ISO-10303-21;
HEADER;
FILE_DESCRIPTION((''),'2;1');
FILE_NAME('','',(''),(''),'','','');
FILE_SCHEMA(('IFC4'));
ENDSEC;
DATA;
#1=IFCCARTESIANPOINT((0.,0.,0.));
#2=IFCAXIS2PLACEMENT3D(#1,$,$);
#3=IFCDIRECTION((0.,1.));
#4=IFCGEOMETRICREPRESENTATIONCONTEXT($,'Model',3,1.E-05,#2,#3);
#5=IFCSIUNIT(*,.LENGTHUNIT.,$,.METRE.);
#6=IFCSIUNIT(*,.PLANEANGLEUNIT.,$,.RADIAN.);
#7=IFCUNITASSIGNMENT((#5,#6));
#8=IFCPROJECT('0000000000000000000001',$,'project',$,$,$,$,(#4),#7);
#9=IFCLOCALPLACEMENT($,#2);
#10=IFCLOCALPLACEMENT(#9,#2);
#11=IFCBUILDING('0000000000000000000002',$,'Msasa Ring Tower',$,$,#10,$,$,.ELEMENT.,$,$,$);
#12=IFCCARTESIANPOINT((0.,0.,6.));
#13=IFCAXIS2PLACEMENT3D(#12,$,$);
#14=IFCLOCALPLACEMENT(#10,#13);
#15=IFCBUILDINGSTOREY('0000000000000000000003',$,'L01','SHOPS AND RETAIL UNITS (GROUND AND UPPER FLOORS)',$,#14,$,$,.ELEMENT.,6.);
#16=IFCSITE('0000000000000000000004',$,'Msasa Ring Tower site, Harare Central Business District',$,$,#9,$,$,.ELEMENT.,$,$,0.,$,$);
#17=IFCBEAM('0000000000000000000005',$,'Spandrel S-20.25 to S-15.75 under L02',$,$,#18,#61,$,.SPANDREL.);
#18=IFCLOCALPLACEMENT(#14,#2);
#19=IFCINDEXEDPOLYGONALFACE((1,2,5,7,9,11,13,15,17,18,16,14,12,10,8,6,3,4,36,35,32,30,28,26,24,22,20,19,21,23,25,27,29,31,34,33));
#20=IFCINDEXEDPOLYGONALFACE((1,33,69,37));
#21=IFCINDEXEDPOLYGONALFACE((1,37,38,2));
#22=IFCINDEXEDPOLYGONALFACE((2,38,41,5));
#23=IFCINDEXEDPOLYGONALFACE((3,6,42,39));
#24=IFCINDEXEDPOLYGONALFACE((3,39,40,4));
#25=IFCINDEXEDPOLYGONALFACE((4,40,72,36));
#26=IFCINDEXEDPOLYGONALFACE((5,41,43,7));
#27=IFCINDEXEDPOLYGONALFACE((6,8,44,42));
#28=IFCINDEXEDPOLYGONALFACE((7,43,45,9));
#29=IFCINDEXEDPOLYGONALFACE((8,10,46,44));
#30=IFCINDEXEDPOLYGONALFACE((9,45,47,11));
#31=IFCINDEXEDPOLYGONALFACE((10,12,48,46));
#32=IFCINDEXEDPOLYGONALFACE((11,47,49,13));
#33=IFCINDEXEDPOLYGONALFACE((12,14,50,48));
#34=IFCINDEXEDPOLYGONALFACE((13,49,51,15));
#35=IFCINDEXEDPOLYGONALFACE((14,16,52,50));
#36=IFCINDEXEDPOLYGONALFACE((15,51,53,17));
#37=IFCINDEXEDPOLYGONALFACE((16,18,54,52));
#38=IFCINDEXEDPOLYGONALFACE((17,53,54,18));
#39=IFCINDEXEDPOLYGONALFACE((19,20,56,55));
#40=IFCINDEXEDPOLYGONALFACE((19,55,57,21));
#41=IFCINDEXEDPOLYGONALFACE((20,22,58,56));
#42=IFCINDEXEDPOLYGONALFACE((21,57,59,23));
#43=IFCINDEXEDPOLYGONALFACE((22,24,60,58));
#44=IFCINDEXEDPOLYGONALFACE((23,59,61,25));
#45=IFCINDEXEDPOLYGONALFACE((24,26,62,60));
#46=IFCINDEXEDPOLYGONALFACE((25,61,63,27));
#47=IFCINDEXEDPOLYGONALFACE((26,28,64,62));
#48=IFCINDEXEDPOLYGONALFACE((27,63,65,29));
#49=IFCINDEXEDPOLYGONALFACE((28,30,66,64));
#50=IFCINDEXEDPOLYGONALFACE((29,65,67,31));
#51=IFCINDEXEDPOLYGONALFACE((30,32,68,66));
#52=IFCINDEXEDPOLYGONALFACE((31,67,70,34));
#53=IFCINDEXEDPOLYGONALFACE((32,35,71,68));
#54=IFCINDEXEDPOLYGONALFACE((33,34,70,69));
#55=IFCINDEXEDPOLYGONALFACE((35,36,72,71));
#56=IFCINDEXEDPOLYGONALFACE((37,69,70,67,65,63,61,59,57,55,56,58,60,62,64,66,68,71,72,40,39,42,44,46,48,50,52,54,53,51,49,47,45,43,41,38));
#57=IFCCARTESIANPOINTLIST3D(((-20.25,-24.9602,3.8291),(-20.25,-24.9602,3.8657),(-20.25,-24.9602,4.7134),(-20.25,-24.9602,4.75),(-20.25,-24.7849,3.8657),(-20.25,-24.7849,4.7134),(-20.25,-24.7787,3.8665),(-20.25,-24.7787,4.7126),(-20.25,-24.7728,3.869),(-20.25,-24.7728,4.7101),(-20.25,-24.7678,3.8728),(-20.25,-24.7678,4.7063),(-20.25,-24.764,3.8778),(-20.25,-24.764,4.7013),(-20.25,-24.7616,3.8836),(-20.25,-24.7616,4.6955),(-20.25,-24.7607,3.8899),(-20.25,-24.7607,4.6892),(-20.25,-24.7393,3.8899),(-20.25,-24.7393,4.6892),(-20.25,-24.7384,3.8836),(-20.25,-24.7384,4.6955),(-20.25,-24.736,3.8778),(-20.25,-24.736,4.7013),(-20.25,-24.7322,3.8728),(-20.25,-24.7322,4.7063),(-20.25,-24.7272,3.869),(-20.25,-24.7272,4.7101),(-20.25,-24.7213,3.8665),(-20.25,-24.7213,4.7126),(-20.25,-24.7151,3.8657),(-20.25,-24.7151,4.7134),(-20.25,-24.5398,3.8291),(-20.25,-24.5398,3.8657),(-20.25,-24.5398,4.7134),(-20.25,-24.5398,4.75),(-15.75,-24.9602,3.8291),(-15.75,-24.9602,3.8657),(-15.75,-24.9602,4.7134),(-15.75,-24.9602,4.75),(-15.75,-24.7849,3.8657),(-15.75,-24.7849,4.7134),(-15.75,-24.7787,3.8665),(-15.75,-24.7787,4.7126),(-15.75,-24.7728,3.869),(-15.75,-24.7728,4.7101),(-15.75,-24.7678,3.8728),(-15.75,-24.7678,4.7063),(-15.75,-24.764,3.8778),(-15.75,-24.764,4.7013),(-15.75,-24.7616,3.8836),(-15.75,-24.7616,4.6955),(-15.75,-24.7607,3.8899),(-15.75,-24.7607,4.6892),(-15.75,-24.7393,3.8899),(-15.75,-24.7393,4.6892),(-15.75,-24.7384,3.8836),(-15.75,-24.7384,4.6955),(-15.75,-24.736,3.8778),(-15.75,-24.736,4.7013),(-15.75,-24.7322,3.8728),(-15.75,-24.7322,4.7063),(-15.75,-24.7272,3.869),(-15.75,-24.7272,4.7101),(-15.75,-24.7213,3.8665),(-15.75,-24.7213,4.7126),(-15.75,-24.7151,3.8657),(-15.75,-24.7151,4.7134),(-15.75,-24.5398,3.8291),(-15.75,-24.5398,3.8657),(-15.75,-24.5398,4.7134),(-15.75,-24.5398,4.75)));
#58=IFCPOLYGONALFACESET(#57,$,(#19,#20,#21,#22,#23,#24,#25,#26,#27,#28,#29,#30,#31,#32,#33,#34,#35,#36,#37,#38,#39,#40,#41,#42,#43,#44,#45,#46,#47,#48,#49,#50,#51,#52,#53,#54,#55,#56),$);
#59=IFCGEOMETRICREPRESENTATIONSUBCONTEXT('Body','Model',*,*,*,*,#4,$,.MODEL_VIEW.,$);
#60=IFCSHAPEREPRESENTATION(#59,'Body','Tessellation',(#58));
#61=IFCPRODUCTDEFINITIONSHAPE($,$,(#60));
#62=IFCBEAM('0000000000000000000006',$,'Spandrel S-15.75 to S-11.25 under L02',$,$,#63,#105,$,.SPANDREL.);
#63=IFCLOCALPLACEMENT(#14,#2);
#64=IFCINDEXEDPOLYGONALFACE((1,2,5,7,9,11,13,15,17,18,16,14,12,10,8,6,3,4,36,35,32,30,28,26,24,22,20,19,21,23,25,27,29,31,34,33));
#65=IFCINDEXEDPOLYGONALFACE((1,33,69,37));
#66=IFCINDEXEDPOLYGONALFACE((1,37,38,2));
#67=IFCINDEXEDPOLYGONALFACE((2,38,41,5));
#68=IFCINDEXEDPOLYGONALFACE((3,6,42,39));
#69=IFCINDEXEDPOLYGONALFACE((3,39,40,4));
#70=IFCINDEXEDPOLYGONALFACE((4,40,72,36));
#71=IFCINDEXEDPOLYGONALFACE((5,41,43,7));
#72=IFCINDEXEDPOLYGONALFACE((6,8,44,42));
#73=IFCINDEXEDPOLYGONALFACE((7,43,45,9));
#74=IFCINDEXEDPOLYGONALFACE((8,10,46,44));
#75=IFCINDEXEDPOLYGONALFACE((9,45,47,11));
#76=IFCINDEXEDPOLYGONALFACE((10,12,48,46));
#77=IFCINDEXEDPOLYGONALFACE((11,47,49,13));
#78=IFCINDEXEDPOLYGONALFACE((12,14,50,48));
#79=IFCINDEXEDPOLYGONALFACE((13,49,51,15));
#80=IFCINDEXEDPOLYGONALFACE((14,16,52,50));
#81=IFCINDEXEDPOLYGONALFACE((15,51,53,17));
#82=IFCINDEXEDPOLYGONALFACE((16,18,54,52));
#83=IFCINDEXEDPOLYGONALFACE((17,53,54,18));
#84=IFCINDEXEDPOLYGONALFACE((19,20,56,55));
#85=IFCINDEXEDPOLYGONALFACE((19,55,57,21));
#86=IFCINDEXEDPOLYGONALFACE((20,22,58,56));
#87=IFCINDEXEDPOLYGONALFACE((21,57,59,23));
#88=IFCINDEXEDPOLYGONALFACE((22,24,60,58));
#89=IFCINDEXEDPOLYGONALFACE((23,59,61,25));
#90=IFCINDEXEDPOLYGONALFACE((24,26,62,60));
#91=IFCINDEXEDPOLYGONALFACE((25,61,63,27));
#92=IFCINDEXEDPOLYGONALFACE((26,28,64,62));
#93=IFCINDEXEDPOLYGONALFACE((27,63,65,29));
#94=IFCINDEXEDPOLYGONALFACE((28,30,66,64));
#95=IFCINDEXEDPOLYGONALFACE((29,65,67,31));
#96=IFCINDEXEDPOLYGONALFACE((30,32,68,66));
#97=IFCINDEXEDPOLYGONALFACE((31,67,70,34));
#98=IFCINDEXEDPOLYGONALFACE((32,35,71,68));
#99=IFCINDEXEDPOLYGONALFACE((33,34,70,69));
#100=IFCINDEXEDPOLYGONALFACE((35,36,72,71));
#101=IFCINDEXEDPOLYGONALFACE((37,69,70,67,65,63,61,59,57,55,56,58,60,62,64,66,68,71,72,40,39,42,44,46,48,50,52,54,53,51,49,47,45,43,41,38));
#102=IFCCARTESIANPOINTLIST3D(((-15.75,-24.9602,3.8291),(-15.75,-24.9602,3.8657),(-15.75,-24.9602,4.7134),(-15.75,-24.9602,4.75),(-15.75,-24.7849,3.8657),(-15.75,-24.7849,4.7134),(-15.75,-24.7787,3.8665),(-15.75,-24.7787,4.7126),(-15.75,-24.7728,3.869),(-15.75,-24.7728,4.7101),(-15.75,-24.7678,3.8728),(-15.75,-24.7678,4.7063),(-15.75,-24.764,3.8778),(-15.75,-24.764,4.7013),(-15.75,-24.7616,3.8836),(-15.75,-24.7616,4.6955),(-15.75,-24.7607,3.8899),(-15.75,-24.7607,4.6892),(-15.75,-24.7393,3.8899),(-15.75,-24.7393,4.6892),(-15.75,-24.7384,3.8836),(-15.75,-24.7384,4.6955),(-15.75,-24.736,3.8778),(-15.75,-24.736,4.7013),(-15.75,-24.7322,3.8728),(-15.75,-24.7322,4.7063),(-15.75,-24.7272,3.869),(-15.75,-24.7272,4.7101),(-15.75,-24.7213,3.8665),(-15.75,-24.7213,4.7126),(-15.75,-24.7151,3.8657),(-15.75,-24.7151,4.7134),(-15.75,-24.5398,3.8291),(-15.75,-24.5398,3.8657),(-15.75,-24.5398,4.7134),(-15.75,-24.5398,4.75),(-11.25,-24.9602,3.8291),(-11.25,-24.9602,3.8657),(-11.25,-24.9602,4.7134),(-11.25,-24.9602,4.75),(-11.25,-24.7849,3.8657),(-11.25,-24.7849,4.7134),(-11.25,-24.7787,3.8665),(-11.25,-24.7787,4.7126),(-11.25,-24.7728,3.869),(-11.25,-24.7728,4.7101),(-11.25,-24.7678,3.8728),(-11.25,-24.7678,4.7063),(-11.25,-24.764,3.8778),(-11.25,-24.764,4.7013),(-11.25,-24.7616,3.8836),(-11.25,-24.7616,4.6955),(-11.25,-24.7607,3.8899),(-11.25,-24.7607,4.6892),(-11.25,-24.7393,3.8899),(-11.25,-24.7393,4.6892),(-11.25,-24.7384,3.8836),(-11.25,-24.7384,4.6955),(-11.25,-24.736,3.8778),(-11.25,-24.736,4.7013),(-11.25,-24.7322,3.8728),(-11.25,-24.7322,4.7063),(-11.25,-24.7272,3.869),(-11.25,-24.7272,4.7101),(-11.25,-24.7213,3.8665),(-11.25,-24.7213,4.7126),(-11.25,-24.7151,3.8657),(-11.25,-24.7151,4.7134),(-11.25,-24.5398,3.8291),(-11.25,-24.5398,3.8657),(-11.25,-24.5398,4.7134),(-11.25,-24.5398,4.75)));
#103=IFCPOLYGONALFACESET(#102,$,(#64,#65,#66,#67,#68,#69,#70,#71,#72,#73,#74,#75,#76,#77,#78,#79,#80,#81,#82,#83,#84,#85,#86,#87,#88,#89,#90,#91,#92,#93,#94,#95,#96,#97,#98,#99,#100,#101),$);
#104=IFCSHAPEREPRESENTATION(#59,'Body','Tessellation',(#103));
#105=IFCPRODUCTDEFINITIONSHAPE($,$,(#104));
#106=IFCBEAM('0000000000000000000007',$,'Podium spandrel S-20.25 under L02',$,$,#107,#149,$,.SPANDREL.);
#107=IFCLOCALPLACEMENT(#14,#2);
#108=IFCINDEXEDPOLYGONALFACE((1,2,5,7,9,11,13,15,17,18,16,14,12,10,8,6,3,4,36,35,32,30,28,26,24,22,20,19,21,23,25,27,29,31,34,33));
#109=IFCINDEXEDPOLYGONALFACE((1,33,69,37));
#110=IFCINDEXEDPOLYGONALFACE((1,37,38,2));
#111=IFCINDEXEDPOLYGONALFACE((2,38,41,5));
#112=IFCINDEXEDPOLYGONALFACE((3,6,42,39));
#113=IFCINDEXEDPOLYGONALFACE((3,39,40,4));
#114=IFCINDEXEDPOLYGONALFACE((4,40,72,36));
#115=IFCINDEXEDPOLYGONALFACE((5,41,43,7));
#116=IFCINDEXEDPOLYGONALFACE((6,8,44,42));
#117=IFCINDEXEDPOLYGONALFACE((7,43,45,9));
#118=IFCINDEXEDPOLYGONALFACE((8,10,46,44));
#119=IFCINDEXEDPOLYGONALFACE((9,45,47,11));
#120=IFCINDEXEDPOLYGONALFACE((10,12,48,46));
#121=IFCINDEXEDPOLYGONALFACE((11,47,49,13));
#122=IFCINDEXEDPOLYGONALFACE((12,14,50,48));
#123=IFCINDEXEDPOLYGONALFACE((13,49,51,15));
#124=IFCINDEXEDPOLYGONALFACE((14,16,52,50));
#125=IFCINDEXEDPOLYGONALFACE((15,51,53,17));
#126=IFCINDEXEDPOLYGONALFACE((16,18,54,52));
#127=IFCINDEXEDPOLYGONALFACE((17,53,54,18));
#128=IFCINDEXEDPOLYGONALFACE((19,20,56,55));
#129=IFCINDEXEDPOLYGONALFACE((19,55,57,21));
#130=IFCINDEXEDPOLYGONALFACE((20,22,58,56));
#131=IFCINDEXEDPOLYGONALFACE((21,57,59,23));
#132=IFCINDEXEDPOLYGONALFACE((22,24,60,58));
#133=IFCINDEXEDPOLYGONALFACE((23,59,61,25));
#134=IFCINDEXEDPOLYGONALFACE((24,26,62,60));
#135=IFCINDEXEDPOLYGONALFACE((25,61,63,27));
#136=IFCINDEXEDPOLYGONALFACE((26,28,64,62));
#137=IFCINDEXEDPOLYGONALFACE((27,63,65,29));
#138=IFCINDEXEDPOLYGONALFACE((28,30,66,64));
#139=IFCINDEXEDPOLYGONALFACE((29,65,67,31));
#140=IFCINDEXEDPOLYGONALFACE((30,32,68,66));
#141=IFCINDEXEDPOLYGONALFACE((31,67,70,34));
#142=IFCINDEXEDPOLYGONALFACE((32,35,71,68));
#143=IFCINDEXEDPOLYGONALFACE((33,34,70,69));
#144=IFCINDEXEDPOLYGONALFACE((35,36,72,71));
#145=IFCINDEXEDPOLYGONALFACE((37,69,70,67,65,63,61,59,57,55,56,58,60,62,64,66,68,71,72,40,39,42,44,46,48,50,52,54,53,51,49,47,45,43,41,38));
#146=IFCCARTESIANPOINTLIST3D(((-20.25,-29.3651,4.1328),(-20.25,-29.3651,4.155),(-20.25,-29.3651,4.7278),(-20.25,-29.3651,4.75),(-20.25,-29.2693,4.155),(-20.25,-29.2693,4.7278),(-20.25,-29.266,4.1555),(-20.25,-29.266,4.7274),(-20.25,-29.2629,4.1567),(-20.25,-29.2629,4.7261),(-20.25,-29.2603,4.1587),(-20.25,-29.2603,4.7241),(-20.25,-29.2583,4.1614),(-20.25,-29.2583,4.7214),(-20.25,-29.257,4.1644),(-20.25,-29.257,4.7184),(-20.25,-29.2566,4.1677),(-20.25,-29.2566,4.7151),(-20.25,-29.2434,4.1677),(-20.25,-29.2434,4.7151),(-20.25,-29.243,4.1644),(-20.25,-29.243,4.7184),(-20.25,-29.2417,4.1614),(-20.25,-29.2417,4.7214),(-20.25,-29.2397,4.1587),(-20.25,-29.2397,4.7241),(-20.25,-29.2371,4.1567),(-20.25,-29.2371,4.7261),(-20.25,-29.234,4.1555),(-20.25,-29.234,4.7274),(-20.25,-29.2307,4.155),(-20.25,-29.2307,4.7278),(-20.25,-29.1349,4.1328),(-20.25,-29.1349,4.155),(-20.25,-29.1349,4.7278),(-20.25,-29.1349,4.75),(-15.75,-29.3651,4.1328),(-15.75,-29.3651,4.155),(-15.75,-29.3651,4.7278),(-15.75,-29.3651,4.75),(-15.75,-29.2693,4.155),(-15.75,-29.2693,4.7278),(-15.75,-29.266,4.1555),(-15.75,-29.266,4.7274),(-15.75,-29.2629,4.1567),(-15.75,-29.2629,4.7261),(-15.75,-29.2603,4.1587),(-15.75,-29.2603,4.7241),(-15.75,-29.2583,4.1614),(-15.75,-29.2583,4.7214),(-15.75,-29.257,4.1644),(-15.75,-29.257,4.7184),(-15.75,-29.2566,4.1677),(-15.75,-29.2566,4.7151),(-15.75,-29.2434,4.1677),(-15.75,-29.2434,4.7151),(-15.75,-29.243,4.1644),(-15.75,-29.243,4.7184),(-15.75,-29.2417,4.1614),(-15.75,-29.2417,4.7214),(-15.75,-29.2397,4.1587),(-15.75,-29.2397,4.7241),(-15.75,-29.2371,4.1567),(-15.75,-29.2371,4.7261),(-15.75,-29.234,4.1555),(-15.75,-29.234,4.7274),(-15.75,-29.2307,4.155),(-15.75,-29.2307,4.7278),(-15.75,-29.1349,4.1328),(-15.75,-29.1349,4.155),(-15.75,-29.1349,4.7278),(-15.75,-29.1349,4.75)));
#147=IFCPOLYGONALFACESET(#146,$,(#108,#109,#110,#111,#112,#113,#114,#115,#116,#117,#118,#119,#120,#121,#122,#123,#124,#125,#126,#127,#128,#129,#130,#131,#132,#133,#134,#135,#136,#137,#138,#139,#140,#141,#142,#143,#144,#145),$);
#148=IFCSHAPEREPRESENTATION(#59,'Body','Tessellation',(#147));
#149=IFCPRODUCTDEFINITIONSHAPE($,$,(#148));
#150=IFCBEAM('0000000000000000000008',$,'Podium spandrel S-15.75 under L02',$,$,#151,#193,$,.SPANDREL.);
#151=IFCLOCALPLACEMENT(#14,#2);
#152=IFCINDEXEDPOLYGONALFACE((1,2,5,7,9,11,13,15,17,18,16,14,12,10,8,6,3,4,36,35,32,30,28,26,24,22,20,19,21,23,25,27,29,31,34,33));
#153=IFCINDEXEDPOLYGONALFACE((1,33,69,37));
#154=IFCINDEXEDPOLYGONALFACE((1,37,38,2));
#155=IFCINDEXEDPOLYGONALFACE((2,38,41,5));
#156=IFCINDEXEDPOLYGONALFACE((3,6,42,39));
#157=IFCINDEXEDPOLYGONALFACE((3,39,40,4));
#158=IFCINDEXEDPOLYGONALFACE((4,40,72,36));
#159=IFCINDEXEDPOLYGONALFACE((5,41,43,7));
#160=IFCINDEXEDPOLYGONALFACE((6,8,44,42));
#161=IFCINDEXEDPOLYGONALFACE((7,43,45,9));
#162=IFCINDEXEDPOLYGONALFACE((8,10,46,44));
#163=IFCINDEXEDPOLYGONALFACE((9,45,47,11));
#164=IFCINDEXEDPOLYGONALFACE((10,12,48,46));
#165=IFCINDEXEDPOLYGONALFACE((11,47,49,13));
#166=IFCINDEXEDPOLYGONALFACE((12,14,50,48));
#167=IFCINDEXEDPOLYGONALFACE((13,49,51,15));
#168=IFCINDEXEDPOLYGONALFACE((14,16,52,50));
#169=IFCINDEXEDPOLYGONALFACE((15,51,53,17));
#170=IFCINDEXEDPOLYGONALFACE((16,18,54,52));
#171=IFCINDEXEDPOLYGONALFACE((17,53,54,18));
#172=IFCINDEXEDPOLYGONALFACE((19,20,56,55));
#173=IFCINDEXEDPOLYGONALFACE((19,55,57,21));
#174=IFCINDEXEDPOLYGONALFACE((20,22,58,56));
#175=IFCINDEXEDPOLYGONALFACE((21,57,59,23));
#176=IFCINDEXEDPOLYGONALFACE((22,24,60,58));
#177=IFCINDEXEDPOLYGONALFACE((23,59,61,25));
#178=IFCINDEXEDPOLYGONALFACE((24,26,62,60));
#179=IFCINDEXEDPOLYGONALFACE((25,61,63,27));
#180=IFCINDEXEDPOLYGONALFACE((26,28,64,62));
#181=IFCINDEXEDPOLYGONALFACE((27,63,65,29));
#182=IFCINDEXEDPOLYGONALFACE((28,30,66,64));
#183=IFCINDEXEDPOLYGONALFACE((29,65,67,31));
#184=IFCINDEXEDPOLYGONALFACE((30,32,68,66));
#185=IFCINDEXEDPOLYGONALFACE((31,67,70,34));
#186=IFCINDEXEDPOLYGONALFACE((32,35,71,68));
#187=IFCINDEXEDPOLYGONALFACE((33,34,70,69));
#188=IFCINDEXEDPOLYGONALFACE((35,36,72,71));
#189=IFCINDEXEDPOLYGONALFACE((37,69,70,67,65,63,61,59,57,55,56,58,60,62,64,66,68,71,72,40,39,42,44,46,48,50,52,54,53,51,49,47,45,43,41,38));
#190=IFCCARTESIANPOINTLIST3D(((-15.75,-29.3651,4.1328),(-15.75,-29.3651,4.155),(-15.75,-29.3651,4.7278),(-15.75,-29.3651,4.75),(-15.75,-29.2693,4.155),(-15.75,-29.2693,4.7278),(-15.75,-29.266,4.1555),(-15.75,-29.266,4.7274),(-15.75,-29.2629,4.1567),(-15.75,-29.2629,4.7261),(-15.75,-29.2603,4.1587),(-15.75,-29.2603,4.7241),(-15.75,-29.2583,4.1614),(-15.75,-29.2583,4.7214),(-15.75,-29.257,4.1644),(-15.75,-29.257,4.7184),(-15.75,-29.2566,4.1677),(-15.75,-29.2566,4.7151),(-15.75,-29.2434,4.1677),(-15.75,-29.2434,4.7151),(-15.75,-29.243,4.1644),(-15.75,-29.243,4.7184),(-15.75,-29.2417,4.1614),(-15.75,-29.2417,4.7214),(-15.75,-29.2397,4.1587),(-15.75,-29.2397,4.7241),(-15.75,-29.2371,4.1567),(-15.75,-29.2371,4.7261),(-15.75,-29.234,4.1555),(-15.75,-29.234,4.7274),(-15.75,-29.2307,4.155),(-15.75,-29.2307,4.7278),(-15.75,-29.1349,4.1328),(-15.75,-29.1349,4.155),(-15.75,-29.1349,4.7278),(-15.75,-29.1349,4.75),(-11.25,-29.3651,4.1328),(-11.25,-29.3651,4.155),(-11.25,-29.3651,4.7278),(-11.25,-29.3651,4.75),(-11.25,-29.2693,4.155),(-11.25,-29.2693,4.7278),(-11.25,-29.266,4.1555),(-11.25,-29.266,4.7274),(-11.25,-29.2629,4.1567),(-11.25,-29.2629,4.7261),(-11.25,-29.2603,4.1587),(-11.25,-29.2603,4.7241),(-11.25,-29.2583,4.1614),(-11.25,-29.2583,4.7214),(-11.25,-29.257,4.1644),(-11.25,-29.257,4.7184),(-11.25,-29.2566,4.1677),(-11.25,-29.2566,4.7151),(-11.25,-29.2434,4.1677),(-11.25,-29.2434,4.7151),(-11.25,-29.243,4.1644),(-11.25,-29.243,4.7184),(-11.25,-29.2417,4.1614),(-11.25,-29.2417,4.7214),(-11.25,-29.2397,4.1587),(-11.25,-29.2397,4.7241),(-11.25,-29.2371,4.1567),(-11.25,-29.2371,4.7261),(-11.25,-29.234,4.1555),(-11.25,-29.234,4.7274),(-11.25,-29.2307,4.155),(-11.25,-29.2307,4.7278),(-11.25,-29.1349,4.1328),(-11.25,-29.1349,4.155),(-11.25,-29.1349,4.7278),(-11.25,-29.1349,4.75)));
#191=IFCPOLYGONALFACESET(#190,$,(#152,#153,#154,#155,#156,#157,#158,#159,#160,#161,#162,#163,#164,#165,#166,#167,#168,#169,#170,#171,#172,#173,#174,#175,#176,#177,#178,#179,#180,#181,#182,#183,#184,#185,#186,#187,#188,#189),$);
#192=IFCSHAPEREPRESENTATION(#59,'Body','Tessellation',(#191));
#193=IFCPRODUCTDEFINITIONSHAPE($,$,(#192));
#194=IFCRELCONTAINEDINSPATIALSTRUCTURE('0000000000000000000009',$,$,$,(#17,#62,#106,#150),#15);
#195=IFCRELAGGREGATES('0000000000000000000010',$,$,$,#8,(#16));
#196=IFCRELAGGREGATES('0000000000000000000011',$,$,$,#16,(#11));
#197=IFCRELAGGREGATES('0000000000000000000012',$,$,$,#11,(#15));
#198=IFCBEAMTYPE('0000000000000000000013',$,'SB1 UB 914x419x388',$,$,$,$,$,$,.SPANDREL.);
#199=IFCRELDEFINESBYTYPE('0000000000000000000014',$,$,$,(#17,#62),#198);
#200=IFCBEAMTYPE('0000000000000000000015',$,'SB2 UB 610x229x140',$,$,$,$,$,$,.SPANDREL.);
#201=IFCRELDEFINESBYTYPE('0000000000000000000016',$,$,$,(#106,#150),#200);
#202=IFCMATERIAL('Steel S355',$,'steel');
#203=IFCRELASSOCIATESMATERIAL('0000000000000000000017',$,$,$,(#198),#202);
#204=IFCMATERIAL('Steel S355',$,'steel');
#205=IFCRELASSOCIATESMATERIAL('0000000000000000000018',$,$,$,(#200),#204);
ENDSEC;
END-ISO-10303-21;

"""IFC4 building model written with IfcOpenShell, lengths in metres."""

from ifc_helpers import new_model, si_unit, direction, frame, origin, origin_2d, place, context, subcontext, project, spatial, i_section, extrude, material, material_profile, profile_set, type_object, element, save


model = new_model("IFC4")

# Units and contexts
model_context = context("Model", 3, precision=1e-05, world=origin(), true_north=direction((0.0, 1.0)))
body_context = subcontext(model_context, "Body", "Model", "MODEL_VIEW")
ifc_project = project(units=[si_unit("LENGTHUNIT", "METRE"), si_unit("PLANEANGLEUNIT", "RADIAN")], contexts=[model_context])

# Site, building, storey
site_placement = place(None, origin())
site = spatial("IfcSite", under=ifc_project, at=site_placement, Name="Msasa Ring Tower site, Harare Central Business District", CompositionType="ELEMENT", RefElevation=0.0)
building_placement = place(site_placement, origin())
building = spatial("IfcBuilding", under=site, at=building_placement, Name="Msasa Ring Tower", CompositionType="ELEMENT")
storey_placement = place(building_placement, frame((0.0, 0.0, 6.0)))
storey = spatial("IfcBuildingStorey", under=building, at=storey_placement, Name="L01", Description="SHOPS AND RETAIL UNITS (GROUND AND UPPER FLOORS)", CompositionType="ELEMENT", Elevation=6.0)

# Beams
ifc_material_1 = material(Name="Steel S355", Category="steel")
ifc_material_profile_1 = material_profile(ifc_material_1, i_section(OverallWidth=0.4204, OverallDepth=0.9209, WebThickness=0.0215, FlangeThickness=0.0366, FilletRadius=0.0242, at=origin_2d()), Name="UB 914x419x388")
ifc_profile_set_1 = profile_set([ifc_material_profile_1], Name="Steel S355")
beam_type_1 = type_object("IfcBeamType", Name="SB1 UB 914x419x388", PredefinedType="SPANDREL", material=ifc_profile_set_1)
for number, where, z_axis, x_axis, name in (
    (1, (-20.25, -24.75, 4.2896), (1.0, 0.0, 0.0), (0.0, 1.0, 0.0), "Spandrel S-20.25 to S-15.75 under L02"),
    (2, (-15.75, -24.75, 4.2896), (1.0, 0.0, 0.0), (0.0, 1.0, 0.0), "Spandrel S-15.75 to S-11.25 under L02"),
):
    element("IfcBeam", number, at=place(storey_placement, frame(where, z_axis=z_axis, x_axis=x_axis)), inside=storey, type_object=beam_type_1, Name=name, PredefinedType="SPANDREL", context=body_context, shape_type="SweptSolid", body=[
        extrude(i_section(OverallWidth=0.4204, OverallDepth=0.9209, WebThickness=0.0215, FlangeThickness=0.0366, FilletRadius=0.0242, at=origin_2d()), origin(), (0.0, 0.0, 1.0), 4.5),
    ])
ifc_material_2 = material(Name="Steel S355", Category="steel")
ifc_material_profile_2 = material_profile(ifc_material_2, i_section(OverallWidth=0.2302, OverallDepth=0.6172, WebThickness=0.0132, FlangeThickness=0.0222, FilletRadius=0.0127, at=origin_2d()), Name="UB 610x229x140")
ifc_profile_set_2 = profile_set([ifc_material_profile_2], Name="Steel S355")
beam_type_2 = type_object("IfcBeamType", Name="SB2 UB 610x229x140", PredefinedType="SPANDREL", material=ifc_profile_set_2)
for number, where, z_axis, x_axis, name in (
    (3, (-20.25, -29.25, 4.4414), (1.0, 0.0, 0.0), (0.0, 1.0, 0.0), "Podium spandrel S-20.25 under L02"),
    (4, (-15.75, -29.25, 4.4414), (1.0, 0.0, 0.0), (0.0, 1.0, 0.0), "Podium spandrel S-15.75 under L02"),
):
    element("IfcBeam", number, at=place(storey_placement, frame(where, z_axis=z_axis, x_axis=x_axis)), inside=storey, type_object=beam_type_2, Name=name, PredefinedType="SPANDREL", context=body_context, shape_type="SweptSolid", body=[
        extrude(i_section(OverallWidth=0.2302, OverallDepth=0.6172, WebThickness=0.0132, FlangeThickness=0.0222, FilletRadius=0.0127, at=origin_2d()), origin(), (0.0, 0.0, 1.0), 4.5),
    ])

save(model, "model.ifc")
